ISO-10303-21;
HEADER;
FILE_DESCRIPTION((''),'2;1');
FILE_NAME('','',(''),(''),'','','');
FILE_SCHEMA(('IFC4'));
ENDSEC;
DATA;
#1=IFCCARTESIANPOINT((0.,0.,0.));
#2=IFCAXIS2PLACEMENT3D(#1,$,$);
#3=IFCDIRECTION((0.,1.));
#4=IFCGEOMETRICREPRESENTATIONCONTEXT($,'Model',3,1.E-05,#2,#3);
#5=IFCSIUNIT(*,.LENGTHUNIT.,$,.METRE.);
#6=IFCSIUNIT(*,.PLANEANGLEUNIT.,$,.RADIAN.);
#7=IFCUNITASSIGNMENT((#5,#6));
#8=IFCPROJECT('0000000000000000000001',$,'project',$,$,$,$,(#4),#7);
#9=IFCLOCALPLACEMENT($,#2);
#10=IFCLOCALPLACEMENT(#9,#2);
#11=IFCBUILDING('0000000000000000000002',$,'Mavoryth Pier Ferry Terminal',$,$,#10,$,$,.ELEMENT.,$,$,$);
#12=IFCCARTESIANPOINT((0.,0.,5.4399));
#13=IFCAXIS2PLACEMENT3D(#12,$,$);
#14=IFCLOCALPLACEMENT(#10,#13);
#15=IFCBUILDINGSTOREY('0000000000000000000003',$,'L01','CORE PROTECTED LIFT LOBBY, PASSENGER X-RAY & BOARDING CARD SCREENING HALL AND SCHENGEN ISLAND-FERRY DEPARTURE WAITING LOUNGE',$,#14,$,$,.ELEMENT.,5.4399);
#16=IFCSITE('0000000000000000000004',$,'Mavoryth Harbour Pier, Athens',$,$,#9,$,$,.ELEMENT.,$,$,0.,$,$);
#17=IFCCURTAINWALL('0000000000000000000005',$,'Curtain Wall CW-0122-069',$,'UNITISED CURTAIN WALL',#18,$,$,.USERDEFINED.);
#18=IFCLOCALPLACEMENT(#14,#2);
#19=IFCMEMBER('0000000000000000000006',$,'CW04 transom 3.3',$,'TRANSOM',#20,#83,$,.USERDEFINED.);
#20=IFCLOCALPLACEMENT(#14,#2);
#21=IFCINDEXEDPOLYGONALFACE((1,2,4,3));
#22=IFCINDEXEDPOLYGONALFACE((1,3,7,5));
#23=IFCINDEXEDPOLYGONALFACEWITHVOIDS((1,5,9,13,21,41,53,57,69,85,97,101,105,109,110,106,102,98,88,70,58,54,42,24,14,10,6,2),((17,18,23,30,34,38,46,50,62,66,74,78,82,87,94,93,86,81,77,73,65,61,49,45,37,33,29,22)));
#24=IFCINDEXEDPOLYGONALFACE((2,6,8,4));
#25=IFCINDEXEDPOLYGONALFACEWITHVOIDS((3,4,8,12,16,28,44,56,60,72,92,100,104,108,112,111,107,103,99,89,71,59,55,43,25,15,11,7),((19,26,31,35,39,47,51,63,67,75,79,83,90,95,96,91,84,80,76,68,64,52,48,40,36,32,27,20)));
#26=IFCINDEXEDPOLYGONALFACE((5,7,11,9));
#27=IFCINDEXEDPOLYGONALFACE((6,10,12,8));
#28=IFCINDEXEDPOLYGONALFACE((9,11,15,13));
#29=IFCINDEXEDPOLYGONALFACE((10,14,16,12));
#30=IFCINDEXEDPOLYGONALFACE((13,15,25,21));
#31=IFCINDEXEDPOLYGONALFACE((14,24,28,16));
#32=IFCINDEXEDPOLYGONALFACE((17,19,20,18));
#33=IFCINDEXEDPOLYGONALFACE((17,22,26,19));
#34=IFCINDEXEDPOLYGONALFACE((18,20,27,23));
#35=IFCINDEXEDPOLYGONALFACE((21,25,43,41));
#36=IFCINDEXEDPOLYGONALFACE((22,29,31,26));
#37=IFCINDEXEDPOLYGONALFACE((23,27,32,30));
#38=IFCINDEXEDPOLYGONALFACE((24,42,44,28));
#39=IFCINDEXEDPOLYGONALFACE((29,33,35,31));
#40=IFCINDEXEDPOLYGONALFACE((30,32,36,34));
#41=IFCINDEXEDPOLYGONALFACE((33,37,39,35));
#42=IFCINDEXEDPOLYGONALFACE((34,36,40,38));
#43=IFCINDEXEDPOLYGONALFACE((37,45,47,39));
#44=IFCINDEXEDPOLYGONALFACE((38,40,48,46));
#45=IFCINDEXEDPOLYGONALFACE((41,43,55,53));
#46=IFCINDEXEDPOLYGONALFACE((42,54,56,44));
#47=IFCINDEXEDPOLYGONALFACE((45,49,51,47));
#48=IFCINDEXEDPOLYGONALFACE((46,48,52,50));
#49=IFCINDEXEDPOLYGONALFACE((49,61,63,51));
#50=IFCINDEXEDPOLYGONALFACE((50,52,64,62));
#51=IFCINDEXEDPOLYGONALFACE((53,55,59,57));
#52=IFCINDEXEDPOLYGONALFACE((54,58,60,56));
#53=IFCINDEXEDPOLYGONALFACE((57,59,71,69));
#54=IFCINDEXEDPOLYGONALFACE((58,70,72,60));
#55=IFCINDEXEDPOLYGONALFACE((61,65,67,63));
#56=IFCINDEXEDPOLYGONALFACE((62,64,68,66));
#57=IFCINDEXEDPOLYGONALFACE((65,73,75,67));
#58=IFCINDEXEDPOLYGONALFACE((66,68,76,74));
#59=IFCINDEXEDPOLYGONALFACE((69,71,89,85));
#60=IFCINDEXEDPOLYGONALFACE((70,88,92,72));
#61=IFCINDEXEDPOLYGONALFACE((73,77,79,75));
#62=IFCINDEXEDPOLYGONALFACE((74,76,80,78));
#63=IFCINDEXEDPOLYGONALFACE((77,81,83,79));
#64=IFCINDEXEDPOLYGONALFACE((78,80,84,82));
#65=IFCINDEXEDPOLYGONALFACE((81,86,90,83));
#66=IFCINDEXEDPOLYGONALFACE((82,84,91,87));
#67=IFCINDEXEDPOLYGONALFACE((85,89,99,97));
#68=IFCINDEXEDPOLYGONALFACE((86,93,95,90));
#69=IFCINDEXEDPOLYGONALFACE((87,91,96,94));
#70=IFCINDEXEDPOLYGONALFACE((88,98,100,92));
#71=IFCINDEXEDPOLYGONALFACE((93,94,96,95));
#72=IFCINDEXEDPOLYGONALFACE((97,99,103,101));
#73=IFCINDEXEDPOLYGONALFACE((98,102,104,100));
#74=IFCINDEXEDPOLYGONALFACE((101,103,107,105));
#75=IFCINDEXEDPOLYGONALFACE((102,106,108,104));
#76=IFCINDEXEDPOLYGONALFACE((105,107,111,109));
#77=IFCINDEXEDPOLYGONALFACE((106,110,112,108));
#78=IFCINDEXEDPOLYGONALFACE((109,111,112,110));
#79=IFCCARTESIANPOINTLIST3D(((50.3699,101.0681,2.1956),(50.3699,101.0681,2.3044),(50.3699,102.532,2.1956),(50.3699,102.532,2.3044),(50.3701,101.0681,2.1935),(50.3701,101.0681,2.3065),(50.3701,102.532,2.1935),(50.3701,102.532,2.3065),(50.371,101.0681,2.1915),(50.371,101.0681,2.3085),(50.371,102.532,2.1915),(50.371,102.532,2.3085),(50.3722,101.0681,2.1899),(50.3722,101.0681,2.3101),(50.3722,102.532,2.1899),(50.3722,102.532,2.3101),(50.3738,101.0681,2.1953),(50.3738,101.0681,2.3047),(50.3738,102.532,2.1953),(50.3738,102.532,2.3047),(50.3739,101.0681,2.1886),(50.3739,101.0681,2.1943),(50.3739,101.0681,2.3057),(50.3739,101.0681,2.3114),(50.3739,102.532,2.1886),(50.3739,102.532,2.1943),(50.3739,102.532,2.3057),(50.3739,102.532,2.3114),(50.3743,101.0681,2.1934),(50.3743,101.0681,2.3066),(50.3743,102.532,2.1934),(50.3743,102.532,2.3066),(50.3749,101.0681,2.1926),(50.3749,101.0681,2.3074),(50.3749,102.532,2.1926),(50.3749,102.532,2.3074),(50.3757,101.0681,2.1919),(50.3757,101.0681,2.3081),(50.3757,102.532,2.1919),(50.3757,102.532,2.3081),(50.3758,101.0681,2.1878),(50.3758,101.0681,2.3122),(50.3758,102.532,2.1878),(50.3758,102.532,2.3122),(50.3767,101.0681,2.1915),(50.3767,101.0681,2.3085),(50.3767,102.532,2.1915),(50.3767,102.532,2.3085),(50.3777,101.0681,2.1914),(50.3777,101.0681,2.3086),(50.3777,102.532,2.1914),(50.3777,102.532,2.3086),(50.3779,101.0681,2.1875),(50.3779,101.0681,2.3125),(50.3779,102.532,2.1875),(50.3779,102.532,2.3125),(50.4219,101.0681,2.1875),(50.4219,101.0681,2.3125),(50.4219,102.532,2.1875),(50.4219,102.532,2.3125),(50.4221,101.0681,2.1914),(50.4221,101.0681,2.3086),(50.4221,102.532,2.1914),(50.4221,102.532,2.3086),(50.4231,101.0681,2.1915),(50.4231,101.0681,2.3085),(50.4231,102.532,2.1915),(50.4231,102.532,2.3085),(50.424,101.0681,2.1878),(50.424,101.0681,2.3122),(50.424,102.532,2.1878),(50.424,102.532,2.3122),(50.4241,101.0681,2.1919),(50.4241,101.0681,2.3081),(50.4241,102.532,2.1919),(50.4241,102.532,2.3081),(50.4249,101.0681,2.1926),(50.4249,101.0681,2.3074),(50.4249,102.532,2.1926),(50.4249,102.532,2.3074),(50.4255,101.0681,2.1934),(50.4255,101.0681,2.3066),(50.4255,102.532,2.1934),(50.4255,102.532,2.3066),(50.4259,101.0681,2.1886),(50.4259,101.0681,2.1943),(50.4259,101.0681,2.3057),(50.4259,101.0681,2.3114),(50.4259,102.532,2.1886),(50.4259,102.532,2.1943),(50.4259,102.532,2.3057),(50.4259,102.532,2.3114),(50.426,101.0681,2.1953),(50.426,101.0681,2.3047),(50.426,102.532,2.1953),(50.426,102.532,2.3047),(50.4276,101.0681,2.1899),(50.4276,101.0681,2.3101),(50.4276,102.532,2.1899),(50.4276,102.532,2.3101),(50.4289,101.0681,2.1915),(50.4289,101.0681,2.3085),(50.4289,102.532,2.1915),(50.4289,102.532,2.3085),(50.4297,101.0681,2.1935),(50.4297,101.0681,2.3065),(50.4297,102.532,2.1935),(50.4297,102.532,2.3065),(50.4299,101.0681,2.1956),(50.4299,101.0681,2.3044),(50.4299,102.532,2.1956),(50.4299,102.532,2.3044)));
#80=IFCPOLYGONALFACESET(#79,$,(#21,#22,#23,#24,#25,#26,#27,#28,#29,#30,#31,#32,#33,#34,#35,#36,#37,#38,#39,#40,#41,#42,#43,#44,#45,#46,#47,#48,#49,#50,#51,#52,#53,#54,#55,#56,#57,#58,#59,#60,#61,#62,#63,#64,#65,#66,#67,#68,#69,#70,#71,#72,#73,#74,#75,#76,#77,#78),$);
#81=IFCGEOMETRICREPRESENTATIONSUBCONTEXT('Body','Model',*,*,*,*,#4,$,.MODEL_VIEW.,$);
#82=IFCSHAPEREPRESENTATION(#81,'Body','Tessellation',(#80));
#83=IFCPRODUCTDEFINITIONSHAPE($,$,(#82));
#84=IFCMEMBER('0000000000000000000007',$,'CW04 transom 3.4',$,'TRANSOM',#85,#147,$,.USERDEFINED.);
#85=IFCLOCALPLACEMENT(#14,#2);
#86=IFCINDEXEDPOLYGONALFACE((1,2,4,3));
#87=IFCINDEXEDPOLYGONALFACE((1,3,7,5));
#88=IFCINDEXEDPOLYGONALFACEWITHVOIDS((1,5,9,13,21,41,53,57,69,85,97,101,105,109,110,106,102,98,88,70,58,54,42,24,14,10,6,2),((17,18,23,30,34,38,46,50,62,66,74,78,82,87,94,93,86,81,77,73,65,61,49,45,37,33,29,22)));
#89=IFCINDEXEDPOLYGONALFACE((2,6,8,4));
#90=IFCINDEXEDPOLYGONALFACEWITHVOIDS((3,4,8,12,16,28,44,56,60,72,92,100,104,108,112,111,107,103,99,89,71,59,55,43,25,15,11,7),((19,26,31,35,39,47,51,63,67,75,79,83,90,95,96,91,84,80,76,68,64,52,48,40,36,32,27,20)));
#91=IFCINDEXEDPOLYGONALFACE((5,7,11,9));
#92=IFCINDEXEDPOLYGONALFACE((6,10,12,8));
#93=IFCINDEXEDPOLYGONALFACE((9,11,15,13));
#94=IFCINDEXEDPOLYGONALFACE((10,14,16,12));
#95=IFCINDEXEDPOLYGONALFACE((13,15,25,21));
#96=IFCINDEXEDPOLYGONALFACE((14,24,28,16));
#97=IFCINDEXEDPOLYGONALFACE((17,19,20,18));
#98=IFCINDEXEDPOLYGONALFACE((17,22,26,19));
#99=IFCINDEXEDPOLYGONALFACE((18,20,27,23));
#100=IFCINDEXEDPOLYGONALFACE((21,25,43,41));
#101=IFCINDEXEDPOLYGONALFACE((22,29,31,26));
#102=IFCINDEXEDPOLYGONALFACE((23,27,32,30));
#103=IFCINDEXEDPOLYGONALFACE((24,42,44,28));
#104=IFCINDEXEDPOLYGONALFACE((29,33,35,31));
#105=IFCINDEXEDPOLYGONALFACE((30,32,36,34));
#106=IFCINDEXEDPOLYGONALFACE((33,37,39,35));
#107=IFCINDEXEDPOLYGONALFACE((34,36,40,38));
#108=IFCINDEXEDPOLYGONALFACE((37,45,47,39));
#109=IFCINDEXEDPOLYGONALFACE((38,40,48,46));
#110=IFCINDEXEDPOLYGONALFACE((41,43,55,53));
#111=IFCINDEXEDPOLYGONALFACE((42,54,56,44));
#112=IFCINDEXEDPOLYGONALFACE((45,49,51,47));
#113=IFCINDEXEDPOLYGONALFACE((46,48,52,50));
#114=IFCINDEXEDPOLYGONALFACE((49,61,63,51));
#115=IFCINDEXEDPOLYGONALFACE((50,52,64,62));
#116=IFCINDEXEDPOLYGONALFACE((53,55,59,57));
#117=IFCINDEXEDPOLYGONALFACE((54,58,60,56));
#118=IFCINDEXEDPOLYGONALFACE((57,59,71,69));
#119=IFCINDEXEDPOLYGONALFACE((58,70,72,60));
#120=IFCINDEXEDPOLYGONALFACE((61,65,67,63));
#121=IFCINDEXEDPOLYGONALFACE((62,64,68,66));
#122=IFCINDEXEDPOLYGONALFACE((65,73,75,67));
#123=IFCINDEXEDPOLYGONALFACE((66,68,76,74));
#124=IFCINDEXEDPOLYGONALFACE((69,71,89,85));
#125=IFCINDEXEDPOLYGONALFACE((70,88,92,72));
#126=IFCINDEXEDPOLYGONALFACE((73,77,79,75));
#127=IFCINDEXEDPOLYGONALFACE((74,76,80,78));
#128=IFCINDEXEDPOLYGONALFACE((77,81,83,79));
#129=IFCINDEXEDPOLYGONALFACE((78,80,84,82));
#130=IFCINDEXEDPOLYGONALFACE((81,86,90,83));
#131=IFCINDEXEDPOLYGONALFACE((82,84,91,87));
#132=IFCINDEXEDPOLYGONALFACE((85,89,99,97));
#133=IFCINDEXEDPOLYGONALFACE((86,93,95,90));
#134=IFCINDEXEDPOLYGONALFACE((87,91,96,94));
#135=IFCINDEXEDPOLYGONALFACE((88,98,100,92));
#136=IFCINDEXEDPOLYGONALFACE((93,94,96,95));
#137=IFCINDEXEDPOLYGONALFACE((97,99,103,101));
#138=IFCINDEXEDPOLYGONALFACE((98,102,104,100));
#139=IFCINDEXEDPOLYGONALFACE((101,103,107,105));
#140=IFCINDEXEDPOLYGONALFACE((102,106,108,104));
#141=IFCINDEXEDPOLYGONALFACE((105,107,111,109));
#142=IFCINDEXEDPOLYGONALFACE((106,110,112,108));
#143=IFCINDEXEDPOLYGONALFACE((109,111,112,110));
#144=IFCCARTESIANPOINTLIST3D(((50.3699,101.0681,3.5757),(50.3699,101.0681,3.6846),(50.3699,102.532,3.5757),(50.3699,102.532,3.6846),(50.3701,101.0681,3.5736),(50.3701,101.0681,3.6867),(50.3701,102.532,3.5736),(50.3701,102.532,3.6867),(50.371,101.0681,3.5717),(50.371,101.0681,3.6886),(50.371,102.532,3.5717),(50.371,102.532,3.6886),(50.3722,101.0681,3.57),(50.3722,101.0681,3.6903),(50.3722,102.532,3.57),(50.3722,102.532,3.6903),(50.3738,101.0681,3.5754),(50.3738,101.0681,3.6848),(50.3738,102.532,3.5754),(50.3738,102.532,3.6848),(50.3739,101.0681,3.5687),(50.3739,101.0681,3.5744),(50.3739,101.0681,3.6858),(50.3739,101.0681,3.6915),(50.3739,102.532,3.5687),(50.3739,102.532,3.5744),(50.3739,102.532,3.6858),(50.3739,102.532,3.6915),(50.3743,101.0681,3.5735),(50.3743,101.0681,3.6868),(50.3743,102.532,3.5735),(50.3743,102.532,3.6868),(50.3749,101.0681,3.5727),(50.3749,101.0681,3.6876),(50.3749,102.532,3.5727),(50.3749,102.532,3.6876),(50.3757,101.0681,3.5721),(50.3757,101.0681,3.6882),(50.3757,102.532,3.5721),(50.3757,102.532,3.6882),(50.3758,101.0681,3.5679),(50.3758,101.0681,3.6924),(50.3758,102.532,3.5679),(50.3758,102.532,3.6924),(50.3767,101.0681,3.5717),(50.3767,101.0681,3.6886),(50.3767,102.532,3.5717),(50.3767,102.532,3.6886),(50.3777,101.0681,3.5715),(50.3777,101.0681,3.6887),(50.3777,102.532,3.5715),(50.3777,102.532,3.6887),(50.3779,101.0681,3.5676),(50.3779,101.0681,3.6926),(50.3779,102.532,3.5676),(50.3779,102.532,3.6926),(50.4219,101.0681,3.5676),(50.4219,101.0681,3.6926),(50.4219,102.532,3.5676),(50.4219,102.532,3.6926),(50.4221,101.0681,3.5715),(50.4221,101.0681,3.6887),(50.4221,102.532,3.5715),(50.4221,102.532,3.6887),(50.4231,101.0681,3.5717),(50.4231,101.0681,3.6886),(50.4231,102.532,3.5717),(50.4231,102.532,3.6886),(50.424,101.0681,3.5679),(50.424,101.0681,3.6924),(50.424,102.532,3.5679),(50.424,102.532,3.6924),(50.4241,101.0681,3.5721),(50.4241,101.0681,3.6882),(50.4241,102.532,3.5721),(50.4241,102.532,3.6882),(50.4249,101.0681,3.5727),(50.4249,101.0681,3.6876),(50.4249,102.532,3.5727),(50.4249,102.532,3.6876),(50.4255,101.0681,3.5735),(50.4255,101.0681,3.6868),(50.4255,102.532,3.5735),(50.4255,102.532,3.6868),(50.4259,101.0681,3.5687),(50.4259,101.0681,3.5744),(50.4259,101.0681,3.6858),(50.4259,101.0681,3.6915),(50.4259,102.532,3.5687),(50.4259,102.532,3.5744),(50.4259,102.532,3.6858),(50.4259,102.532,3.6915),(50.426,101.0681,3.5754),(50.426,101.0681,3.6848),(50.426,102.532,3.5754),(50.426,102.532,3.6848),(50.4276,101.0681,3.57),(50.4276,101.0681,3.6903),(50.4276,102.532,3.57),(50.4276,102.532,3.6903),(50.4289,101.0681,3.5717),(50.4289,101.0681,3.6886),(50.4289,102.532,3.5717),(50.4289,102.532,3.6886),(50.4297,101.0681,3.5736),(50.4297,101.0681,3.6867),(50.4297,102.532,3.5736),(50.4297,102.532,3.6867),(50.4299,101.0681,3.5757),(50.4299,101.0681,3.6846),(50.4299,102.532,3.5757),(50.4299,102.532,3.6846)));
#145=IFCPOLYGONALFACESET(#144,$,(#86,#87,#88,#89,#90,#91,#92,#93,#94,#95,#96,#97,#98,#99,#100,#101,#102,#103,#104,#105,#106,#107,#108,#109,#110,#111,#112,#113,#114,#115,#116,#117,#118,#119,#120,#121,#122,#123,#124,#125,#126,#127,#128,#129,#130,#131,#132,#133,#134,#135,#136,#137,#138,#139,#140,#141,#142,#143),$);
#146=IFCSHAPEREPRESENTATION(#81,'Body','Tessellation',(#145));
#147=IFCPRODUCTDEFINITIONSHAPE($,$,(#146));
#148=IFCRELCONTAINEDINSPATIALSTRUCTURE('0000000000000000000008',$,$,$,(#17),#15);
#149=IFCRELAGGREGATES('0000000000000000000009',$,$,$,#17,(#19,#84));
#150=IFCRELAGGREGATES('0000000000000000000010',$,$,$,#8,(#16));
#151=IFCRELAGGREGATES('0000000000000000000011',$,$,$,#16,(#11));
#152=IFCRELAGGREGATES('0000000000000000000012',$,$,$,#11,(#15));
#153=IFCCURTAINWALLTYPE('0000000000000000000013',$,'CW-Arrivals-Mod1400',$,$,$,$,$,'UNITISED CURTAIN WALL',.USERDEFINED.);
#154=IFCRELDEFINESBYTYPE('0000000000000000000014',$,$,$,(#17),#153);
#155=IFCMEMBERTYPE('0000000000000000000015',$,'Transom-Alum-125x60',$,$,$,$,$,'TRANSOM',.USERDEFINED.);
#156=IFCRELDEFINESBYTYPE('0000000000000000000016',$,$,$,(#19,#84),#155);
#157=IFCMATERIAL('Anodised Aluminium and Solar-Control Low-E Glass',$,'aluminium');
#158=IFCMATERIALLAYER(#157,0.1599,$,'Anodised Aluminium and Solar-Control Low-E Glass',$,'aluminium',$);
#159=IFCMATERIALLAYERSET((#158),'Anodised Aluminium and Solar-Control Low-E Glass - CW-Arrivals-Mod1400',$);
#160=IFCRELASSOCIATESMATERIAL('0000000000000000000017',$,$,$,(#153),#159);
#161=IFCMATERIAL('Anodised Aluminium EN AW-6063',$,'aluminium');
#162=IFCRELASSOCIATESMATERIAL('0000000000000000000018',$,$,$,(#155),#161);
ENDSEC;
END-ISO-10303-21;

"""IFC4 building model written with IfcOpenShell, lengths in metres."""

from ifc_helpers import new_model, si_unit, direction, frame, origin, origin_2d, place, context, subcontext, project, spatial, hollow_rectangle, extrude, material, layer, layer_set, material_profile, profile_set, type_object, element, aggregate, save


model = new_model("IFC4")

# Units and contexts
model_context = context("Model", 3, precision=1e-05, world=origin(), true_north=direction((0.0, 1.0)))
body_context = subcontext(model_context, "Body", "Model", "MODEL_VIEW")
ifc_project = project(units=[si_unit("LENGTHUNIT", "METRE"), si_unit("PLANEANGLEUNIT", "RADIAN")], contexts=[model_context])

# Site, building, storey
site_placement = place(None, origin())
site = spatial("IfcSite", under=ifc_project, at=site_placement, Name="Mavoryth Harbour Pier, Athens", CompositionType="ELEMENT", RefElevation=0.0)
building_placement = place(site_placement, origin())
building = spatial("IfcBuilding", under=site, at=building_placement, Name="Mavoryth Pier Ferry Terminal", CompositionType="ELEMENT")
storey_placement = place(building_placement, frame((0.0, 0.0, 5.4399)))
storey = spatial("IfcBuildingStorey", under=building, at=storey_placement, Name="L01", Description="CORE PROTECTED LIFT LOBBY, PASSENGER X-RAY & BOARDING CARD SCREENING HALL AND SCHENGEN ISLAND-FERRY DEPARTURE WAITING LOUNGE", CompositionType="ELEMENT", Elevation=5.4399)

# Curtain wall
ifc_material_1 = material(Name="Anodised Aluminium and Solar-Control Low-E Glass", Category="aluminium")
ifc_layer_1 = layer(ifc_material_1, 0.1599, Name="Anodised Aluminium and Solar-Control Low-E Glass", Category="aluminium")
ifc_layer_set_1 = layer_set([ifc_layer_1], Name="Anodised Aluminium and Solar-Control Low-E Glass - CW-Arrivals-Mod1400")
curtain_wall_type = type_object("IfcCurtainWallType", Name="CW-Arrivals-Mod1400", ElementType="UNITISED CURTAIN WALL", PredefinedType="USERDEFINED", material=ifc_layer_set_1)
curtain_wall_placement = place(storey_placement, origin())
curtain_wall = element("IfcCurtainWall", 1, at=curtain_wall_placement, inside=storey, type_object=curtain_wall_type, Name="Curtain Wall CW-0122-069", ObjectType="UNITISED CURTAIN WALL", PredefinedType="USERDEFINED")
ifc_material_2 = material(Name="Anodised Aluminium EN AW-6063", Category="aluminium")

# Members
ifc_material_profile_1 = material_profile(ifc_material_2, hollow_rectangle(XDim=0.0601, YDim=0.125, WallThickness=0.0039, InnerFilletRadius=0.0039, OuterFilletRadius=0.0081, at=origin_2d()), Name="AL-TRAN 125x60x4", Category="aluminium")
ifc_profile_set_1 = profile_set([ifc_material_profile_1], Name="Anodised Aluminium EN AW-6063 - AL-TRAN 125x60x4")
member_type_1 = type_object("IfcMemberType", Name="Transom-Alum-125x60", ElementType="TRANSOM", PredefinedType="USERDEFINED", material=ifc_profile_set_1)
member_1_placement = place(storey_placement, frame((50.3999, 102.532, 2.25), z_axis=(0.0, -1.0, 0.0), x_axis=(1.0, 0.0, 0.0)))
member_1 = element("IfcMember", 2, at=member_1_placement, type_object=member_type_1, Name="CW04 transom 3.3", ObjectType="TRANSOM", PredefinedType="USERDEFINED", context=body_context, shape_type="SweptSolid", body=[
    extrude(hollow_rectangle(XDim=0.0601, YDim=0.125, WallThickness=0.0039, InnerFilletRadius=0.0039, OuterFilletRadius=0.0081, at=origin_2d()), origin(), (0.0, 0.0, 1.0), 1.4639),
])
member_2_placement = place(storey_placement, frame((50.3999, 102.532, 3.6301), z_axis=(0.0, -1.0, 0.0), x_axis=(1.0, 0.0, 0.0)))
member_2 = element("IfcMember", 3, at=member_2_placement, type_object=member_type_1, Name="CW04 transom 3.4", ObjectType="TRANSOM", PredefinedType="USERDEFINED", context=body_context, shape_type="SweptSolid", body=[
    extrude(hollow_rectangle(XDim=0.0601, YDim=0.125, WallThickness=0.0039, InnerFilletRadius=0.0039, OuterFilletRadius=0.0081, at=origin_2d()), origin(), (0.0, 0.0, 1.0), 1.4639),
])

aggregate(curtain_wall, [member_1, member_2])

save(model, "model.ifc")
